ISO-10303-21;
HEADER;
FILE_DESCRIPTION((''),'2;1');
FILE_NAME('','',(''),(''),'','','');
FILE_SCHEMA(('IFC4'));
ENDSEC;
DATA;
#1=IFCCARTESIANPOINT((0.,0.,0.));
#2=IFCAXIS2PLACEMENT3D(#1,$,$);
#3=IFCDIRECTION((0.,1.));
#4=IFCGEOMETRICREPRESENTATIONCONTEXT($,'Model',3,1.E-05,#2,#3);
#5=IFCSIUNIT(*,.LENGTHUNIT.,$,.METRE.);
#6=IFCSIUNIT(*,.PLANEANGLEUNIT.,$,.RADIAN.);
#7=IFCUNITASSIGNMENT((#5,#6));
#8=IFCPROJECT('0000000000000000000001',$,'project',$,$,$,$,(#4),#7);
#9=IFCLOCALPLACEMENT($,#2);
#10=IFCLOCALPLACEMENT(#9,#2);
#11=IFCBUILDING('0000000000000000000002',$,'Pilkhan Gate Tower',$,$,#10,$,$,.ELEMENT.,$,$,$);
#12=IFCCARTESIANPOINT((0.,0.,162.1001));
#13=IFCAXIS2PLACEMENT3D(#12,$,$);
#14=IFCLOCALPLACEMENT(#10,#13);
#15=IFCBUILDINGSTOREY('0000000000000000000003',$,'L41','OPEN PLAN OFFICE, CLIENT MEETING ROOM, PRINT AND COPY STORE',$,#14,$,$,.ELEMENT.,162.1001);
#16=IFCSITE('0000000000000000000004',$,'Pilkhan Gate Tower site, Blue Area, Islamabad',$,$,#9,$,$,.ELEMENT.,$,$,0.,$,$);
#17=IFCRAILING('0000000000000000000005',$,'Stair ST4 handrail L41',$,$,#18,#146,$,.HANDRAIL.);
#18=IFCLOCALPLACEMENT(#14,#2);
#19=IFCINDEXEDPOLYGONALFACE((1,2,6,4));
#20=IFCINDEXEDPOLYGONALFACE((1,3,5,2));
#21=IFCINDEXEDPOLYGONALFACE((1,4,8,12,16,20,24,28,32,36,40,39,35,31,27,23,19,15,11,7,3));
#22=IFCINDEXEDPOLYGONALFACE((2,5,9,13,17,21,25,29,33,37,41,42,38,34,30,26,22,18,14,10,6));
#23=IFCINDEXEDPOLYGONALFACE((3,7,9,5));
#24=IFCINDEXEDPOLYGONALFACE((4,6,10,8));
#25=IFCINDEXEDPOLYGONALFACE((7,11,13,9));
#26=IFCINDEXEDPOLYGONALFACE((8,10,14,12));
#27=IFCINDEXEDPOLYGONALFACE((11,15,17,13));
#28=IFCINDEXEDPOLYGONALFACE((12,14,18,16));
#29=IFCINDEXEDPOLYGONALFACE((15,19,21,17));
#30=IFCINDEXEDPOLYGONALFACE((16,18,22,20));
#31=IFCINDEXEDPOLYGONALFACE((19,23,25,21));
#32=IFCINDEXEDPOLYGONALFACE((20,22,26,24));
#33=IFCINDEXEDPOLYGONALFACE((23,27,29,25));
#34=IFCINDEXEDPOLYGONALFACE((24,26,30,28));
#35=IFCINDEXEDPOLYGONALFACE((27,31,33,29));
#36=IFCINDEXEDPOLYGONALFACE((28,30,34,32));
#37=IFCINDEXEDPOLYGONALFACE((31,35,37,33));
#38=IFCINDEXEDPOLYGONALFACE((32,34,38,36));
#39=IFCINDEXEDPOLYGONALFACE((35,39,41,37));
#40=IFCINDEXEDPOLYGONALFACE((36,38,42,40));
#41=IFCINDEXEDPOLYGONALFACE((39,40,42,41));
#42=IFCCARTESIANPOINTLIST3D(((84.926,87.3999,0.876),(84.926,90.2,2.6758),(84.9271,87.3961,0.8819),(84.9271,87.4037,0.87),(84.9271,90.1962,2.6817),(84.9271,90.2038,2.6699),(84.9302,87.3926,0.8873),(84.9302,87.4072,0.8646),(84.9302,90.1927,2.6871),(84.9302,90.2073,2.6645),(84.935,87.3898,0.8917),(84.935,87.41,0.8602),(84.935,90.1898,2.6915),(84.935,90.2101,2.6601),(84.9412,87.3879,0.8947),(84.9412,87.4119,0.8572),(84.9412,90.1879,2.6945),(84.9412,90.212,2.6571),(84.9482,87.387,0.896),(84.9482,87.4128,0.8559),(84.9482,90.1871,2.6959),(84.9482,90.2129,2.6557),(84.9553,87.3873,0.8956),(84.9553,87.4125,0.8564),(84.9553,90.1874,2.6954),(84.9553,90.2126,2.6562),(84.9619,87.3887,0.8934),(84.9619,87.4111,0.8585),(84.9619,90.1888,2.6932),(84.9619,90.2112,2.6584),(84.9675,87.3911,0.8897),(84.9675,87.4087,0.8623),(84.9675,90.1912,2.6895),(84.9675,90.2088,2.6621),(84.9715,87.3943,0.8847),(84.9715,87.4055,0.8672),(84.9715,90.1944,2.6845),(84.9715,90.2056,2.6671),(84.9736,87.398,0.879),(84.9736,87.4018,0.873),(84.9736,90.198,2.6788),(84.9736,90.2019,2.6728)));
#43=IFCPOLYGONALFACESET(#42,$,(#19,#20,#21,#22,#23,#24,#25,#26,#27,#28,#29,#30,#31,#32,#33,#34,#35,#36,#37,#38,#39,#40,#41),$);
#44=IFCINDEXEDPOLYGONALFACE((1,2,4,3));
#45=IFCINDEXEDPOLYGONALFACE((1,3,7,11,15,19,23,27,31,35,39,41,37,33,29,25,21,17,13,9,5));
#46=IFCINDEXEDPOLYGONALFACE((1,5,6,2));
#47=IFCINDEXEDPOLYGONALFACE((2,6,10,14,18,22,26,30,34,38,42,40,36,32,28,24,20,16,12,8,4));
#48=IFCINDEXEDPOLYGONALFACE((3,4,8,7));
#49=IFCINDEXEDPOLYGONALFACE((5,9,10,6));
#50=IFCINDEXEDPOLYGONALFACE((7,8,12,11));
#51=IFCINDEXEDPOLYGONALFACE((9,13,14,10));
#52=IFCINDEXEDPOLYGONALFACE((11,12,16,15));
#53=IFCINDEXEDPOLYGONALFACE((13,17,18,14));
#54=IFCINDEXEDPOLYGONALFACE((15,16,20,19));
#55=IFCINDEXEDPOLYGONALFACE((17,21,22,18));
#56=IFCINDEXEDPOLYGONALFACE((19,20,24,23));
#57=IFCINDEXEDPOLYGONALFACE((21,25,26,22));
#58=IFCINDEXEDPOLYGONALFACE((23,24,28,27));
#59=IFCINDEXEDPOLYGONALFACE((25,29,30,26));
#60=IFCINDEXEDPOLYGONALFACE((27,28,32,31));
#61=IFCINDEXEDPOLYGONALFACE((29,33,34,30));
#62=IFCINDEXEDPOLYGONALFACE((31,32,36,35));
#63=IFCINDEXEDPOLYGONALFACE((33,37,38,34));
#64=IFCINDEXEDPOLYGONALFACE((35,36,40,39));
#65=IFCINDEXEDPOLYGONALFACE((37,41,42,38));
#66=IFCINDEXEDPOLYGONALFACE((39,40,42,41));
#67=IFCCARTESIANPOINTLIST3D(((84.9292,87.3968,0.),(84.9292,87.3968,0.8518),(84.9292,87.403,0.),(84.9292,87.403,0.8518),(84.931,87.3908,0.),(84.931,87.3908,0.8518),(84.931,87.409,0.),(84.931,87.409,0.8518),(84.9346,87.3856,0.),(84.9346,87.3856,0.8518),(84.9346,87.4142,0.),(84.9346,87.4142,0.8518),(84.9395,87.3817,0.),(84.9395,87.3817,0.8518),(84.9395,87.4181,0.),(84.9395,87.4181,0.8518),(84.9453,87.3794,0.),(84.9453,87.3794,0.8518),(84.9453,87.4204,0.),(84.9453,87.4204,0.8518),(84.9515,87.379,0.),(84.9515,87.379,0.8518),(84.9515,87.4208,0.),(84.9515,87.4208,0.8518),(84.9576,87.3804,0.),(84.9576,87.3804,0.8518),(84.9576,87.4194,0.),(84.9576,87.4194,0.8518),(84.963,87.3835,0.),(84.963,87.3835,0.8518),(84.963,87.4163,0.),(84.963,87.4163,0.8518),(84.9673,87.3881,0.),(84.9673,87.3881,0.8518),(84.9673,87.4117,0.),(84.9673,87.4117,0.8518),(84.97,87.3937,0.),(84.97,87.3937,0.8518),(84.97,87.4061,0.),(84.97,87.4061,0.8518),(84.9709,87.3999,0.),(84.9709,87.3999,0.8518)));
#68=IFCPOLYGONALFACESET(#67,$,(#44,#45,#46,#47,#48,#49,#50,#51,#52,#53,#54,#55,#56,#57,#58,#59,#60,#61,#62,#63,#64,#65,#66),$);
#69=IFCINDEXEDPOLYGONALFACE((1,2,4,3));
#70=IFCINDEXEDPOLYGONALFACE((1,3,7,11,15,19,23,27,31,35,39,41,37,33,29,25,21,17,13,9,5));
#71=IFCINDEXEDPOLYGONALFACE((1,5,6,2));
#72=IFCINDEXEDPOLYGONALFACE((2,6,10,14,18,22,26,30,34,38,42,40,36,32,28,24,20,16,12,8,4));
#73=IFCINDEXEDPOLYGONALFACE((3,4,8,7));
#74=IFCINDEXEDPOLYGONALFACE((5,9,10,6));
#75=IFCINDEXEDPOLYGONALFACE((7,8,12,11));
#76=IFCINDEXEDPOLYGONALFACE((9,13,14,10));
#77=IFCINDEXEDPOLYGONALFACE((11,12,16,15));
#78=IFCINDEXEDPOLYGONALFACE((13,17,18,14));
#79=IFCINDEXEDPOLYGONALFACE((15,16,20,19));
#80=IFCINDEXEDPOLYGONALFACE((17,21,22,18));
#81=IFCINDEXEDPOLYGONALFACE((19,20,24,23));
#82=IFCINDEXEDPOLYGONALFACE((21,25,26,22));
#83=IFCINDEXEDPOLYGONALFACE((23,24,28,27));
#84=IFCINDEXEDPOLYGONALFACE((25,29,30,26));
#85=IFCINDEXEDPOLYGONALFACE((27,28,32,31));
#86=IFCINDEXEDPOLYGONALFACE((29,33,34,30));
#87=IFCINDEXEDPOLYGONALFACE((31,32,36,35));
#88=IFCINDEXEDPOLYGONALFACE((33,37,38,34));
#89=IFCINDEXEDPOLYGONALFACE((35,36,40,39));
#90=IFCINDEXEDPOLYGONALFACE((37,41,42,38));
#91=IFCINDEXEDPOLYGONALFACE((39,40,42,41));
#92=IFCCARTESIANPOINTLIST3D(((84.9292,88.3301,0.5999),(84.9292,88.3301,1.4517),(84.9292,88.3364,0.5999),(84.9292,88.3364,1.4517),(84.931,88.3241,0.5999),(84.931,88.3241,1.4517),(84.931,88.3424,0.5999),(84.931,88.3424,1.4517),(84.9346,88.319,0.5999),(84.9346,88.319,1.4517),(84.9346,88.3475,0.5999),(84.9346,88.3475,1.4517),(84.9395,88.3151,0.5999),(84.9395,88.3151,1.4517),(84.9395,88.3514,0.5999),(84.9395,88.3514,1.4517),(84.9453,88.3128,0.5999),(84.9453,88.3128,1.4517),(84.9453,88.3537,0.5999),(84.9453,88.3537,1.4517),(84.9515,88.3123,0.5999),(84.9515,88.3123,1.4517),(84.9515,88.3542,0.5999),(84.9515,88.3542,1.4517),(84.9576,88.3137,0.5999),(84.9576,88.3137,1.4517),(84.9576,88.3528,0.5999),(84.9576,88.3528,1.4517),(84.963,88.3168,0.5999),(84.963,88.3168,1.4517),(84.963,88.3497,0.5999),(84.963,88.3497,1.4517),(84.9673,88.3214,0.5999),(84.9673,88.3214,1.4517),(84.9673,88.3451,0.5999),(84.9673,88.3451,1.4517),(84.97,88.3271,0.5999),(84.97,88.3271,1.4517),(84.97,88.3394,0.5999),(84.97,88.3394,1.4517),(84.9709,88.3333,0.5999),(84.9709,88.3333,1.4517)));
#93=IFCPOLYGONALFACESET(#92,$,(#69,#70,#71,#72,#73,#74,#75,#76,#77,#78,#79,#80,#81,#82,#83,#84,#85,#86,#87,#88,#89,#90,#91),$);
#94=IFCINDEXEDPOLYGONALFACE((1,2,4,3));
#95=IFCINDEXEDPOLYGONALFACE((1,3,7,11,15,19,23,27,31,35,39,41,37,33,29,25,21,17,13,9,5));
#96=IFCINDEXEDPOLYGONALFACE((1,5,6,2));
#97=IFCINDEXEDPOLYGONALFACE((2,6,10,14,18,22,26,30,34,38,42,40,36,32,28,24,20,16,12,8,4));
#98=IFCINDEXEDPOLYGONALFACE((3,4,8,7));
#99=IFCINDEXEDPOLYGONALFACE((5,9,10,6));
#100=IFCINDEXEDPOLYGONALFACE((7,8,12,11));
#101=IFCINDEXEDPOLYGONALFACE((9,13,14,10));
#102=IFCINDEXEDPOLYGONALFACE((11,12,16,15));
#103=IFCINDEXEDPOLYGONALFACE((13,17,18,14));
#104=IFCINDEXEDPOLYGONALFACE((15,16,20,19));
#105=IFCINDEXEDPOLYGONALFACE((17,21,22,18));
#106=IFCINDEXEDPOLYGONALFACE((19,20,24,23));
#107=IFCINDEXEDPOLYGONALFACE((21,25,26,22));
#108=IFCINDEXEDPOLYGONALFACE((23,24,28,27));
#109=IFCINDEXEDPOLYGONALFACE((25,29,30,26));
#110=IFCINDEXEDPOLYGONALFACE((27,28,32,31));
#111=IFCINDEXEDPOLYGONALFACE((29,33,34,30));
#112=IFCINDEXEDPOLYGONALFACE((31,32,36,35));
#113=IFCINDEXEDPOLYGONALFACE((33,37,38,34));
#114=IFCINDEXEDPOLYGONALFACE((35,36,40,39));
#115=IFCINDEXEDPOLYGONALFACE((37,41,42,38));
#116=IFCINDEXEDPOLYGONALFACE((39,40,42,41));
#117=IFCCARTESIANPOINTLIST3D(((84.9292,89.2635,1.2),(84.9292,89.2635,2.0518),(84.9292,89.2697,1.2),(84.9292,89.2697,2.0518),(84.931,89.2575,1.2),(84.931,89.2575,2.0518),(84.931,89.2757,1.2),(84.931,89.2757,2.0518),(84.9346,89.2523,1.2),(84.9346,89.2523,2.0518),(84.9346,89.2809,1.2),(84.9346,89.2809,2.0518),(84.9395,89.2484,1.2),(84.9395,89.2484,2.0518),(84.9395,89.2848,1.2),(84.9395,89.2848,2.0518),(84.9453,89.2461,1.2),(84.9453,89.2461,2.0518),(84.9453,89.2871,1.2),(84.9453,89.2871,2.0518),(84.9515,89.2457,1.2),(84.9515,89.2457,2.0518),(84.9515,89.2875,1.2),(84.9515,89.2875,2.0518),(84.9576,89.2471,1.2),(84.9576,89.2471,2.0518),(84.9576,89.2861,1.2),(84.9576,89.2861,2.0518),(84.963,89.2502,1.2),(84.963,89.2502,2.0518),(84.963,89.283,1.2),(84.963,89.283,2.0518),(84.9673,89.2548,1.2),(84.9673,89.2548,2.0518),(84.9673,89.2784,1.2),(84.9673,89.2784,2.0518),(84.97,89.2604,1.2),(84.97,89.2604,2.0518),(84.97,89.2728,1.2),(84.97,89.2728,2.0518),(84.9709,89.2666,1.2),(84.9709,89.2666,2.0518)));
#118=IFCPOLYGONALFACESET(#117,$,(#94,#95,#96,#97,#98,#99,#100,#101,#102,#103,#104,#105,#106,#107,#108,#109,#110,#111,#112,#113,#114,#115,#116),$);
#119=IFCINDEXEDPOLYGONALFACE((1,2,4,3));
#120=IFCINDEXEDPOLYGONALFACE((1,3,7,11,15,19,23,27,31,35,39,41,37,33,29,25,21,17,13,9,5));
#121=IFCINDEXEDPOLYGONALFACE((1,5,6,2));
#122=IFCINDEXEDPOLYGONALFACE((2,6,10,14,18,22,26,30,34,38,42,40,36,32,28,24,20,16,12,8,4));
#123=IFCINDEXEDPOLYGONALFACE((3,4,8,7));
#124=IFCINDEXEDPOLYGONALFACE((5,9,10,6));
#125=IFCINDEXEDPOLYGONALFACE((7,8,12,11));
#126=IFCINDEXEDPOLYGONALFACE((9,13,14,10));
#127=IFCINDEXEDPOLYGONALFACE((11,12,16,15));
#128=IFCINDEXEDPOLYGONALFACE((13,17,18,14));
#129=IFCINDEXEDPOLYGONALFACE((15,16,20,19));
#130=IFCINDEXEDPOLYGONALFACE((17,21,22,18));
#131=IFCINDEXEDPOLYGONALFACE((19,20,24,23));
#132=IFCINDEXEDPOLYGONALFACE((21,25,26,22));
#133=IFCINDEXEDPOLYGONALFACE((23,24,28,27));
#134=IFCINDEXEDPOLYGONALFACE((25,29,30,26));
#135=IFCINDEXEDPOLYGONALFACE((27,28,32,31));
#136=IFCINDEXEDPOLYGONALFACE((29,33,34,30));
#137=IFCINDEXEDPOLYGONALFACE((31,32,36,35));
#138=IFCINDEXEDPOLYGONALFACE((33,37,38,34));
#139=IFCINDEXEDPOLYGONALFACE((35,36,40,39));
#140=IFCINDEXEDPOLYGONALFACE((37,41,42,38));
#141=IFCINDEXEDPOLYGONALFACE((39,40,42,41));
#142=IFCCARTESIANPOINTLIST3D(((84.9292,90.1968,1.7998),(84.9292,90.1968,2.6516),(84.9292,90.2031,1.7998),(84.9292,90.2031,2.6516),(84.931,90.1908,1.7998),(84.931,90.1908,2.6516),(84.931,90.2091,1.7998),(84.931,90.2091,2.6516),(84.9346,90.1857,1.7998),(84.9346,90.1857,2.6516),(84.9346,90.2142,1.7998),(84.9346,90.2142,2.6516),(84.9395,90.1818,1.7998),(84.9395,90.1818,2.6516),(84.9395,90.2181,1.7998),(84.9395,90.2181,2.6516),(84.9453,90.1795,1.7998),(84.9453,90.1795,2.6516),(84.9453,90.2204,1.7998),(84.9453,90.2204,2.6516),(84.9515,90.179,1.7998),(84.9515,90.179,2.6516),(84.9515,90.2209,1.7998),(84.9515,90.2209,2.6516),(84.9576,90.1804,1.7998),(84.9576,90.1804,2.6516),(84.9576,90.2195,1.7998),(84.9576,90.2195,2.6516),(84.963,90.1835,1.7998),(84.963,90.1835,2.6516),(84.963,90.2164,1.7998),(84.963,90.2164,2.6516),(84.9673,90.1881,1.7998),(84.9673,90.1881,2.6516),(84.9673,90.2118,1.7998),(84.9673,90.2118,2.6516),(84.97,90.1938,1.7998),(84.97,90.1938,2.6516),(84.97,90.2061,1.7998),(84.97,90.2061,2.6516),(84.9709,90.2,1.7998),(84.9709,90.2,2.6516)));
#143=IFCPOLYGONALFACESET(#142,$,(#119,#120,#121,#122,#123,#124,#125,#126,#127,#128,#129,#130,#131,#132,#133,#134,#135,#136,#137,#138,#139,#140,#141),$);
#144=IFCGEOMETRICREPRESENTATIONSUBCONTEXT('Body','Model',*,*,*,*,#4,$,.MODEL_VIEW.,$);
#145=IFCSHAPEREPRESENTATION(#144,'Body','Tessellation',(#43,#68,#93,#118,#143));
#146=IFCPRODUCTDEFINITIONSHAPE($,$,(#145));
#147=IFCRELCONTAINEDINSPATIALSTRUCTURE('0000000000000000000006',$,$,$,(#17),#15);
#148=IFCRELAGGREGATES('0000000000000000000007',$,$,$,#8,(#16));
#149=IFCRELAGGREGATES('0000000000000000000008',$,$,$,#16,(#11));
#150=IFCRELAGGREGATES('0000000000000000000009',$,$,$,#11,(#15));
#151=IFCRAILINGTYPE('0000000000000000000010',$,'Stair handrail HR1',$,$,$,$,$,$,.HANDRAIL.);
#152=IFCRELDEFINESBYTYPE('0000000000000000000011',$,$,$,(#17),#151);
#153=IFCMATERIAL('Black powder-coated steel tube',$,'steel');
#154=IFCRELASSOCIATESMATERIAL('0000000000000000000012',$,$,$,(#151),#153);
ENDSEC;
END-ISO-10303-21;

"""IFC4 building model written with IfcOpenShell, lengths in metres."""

from ifc_helpers import new_model, si_unit, direction, frame, origin, origin_2d, place, context, subcontext, project, spatial, circle, extrude, material, type_object, element, save


model = new_model("IFC4")

# Units and contexts
model_context = context("Model", 3, precision=1e-05, world=origin(), true_north=direction((0.0, 1.0)))
body_context = subcontext(model_context, "Body", "Model", "MODEL_VIEW")
ifc_project = project(units=[si_unit("LENGTHUNIT", "METRE"), si_unit("PLANEANGLEUNIT", "RADIAN")], contexts=[model_context])

# Site, building, storey
site_placement = place(None, origin())
site = spatial("IfcSite", under=ifc_project, at=site_placement, Name="Pilkhan Gate Tower site, Blue Area, Islamabad", CompositionType="ELEMENT", RefElevation=0.0)
building_placement = place(site_placement, origin())
building = spatial("IfcBuilding", under=site, at=building_placement, Name="Pilkhan Gate Tower", CompositionType="ELEMENT")
storey_placement = place(building_placement, frame((0.0, 0.0, 162.1001)))
storey = spatial("IfcBuildingStorey", under=building, at=storey_placement, Name="L41", Description="OPEN PLAN OFFICE, CLIENT MEETING ROOM, PRINT AND COPY STORE", CompositionType="ELEMENT", Elevation=162.1001)

# Railing
ifc_material_1 = material(Name="Black powder-coated steel tube", Category="steel")
railing_type_1 = type_object("IfcRailingType", Name="Stair handrail HR1", PredefinedType="HANDRAIL", material=ifc_material_1)
railing_1_placement = place(storey_placement, frame((84.95, 87.3999, 0.0)))
element("IfcRailing", 1, at=railing_1_placement, inside=storey, type_object=railing_type_1, Name="Stair ST4 handrail L41", PredefinedType="HANDRAIL", context=body_context, shape_type="SweptSolid", body=[
    extrude(circle(Radius=0.0239, at=origin_2d()), frame((0.0, 0.0, 0.876), z_axis=(0.0, 0.841209, 0.540709), x_axis=(-1.0, 0.0, 0.0)), (0.0, 0.0, 1.0), 3.3286),
    extrude(circle(Radius=0.021, at=origin_2d()), origin(), (0.0, 0.0, 1.0), 0.8518),
    extrude(circle(Radius=0.021, at=origin_2d()), frame((0.0, 0.9333, 0.5999)), (0.0, 0.0, 1.0), 0.8518),
    extrude(circle(Radius=0.021, at=origin_2d()), frame((0.0, 1.8667, 1.2)), (0.0, 0.0, 1.0), 0.8518),
    extrude(circle(Radius=0.021, at=origin_2d()), frame((0.0, 2.8, 1.7998)), (0.0, 0.0, 1.0), 0.8518),
])

save(model, "model.ifc")
